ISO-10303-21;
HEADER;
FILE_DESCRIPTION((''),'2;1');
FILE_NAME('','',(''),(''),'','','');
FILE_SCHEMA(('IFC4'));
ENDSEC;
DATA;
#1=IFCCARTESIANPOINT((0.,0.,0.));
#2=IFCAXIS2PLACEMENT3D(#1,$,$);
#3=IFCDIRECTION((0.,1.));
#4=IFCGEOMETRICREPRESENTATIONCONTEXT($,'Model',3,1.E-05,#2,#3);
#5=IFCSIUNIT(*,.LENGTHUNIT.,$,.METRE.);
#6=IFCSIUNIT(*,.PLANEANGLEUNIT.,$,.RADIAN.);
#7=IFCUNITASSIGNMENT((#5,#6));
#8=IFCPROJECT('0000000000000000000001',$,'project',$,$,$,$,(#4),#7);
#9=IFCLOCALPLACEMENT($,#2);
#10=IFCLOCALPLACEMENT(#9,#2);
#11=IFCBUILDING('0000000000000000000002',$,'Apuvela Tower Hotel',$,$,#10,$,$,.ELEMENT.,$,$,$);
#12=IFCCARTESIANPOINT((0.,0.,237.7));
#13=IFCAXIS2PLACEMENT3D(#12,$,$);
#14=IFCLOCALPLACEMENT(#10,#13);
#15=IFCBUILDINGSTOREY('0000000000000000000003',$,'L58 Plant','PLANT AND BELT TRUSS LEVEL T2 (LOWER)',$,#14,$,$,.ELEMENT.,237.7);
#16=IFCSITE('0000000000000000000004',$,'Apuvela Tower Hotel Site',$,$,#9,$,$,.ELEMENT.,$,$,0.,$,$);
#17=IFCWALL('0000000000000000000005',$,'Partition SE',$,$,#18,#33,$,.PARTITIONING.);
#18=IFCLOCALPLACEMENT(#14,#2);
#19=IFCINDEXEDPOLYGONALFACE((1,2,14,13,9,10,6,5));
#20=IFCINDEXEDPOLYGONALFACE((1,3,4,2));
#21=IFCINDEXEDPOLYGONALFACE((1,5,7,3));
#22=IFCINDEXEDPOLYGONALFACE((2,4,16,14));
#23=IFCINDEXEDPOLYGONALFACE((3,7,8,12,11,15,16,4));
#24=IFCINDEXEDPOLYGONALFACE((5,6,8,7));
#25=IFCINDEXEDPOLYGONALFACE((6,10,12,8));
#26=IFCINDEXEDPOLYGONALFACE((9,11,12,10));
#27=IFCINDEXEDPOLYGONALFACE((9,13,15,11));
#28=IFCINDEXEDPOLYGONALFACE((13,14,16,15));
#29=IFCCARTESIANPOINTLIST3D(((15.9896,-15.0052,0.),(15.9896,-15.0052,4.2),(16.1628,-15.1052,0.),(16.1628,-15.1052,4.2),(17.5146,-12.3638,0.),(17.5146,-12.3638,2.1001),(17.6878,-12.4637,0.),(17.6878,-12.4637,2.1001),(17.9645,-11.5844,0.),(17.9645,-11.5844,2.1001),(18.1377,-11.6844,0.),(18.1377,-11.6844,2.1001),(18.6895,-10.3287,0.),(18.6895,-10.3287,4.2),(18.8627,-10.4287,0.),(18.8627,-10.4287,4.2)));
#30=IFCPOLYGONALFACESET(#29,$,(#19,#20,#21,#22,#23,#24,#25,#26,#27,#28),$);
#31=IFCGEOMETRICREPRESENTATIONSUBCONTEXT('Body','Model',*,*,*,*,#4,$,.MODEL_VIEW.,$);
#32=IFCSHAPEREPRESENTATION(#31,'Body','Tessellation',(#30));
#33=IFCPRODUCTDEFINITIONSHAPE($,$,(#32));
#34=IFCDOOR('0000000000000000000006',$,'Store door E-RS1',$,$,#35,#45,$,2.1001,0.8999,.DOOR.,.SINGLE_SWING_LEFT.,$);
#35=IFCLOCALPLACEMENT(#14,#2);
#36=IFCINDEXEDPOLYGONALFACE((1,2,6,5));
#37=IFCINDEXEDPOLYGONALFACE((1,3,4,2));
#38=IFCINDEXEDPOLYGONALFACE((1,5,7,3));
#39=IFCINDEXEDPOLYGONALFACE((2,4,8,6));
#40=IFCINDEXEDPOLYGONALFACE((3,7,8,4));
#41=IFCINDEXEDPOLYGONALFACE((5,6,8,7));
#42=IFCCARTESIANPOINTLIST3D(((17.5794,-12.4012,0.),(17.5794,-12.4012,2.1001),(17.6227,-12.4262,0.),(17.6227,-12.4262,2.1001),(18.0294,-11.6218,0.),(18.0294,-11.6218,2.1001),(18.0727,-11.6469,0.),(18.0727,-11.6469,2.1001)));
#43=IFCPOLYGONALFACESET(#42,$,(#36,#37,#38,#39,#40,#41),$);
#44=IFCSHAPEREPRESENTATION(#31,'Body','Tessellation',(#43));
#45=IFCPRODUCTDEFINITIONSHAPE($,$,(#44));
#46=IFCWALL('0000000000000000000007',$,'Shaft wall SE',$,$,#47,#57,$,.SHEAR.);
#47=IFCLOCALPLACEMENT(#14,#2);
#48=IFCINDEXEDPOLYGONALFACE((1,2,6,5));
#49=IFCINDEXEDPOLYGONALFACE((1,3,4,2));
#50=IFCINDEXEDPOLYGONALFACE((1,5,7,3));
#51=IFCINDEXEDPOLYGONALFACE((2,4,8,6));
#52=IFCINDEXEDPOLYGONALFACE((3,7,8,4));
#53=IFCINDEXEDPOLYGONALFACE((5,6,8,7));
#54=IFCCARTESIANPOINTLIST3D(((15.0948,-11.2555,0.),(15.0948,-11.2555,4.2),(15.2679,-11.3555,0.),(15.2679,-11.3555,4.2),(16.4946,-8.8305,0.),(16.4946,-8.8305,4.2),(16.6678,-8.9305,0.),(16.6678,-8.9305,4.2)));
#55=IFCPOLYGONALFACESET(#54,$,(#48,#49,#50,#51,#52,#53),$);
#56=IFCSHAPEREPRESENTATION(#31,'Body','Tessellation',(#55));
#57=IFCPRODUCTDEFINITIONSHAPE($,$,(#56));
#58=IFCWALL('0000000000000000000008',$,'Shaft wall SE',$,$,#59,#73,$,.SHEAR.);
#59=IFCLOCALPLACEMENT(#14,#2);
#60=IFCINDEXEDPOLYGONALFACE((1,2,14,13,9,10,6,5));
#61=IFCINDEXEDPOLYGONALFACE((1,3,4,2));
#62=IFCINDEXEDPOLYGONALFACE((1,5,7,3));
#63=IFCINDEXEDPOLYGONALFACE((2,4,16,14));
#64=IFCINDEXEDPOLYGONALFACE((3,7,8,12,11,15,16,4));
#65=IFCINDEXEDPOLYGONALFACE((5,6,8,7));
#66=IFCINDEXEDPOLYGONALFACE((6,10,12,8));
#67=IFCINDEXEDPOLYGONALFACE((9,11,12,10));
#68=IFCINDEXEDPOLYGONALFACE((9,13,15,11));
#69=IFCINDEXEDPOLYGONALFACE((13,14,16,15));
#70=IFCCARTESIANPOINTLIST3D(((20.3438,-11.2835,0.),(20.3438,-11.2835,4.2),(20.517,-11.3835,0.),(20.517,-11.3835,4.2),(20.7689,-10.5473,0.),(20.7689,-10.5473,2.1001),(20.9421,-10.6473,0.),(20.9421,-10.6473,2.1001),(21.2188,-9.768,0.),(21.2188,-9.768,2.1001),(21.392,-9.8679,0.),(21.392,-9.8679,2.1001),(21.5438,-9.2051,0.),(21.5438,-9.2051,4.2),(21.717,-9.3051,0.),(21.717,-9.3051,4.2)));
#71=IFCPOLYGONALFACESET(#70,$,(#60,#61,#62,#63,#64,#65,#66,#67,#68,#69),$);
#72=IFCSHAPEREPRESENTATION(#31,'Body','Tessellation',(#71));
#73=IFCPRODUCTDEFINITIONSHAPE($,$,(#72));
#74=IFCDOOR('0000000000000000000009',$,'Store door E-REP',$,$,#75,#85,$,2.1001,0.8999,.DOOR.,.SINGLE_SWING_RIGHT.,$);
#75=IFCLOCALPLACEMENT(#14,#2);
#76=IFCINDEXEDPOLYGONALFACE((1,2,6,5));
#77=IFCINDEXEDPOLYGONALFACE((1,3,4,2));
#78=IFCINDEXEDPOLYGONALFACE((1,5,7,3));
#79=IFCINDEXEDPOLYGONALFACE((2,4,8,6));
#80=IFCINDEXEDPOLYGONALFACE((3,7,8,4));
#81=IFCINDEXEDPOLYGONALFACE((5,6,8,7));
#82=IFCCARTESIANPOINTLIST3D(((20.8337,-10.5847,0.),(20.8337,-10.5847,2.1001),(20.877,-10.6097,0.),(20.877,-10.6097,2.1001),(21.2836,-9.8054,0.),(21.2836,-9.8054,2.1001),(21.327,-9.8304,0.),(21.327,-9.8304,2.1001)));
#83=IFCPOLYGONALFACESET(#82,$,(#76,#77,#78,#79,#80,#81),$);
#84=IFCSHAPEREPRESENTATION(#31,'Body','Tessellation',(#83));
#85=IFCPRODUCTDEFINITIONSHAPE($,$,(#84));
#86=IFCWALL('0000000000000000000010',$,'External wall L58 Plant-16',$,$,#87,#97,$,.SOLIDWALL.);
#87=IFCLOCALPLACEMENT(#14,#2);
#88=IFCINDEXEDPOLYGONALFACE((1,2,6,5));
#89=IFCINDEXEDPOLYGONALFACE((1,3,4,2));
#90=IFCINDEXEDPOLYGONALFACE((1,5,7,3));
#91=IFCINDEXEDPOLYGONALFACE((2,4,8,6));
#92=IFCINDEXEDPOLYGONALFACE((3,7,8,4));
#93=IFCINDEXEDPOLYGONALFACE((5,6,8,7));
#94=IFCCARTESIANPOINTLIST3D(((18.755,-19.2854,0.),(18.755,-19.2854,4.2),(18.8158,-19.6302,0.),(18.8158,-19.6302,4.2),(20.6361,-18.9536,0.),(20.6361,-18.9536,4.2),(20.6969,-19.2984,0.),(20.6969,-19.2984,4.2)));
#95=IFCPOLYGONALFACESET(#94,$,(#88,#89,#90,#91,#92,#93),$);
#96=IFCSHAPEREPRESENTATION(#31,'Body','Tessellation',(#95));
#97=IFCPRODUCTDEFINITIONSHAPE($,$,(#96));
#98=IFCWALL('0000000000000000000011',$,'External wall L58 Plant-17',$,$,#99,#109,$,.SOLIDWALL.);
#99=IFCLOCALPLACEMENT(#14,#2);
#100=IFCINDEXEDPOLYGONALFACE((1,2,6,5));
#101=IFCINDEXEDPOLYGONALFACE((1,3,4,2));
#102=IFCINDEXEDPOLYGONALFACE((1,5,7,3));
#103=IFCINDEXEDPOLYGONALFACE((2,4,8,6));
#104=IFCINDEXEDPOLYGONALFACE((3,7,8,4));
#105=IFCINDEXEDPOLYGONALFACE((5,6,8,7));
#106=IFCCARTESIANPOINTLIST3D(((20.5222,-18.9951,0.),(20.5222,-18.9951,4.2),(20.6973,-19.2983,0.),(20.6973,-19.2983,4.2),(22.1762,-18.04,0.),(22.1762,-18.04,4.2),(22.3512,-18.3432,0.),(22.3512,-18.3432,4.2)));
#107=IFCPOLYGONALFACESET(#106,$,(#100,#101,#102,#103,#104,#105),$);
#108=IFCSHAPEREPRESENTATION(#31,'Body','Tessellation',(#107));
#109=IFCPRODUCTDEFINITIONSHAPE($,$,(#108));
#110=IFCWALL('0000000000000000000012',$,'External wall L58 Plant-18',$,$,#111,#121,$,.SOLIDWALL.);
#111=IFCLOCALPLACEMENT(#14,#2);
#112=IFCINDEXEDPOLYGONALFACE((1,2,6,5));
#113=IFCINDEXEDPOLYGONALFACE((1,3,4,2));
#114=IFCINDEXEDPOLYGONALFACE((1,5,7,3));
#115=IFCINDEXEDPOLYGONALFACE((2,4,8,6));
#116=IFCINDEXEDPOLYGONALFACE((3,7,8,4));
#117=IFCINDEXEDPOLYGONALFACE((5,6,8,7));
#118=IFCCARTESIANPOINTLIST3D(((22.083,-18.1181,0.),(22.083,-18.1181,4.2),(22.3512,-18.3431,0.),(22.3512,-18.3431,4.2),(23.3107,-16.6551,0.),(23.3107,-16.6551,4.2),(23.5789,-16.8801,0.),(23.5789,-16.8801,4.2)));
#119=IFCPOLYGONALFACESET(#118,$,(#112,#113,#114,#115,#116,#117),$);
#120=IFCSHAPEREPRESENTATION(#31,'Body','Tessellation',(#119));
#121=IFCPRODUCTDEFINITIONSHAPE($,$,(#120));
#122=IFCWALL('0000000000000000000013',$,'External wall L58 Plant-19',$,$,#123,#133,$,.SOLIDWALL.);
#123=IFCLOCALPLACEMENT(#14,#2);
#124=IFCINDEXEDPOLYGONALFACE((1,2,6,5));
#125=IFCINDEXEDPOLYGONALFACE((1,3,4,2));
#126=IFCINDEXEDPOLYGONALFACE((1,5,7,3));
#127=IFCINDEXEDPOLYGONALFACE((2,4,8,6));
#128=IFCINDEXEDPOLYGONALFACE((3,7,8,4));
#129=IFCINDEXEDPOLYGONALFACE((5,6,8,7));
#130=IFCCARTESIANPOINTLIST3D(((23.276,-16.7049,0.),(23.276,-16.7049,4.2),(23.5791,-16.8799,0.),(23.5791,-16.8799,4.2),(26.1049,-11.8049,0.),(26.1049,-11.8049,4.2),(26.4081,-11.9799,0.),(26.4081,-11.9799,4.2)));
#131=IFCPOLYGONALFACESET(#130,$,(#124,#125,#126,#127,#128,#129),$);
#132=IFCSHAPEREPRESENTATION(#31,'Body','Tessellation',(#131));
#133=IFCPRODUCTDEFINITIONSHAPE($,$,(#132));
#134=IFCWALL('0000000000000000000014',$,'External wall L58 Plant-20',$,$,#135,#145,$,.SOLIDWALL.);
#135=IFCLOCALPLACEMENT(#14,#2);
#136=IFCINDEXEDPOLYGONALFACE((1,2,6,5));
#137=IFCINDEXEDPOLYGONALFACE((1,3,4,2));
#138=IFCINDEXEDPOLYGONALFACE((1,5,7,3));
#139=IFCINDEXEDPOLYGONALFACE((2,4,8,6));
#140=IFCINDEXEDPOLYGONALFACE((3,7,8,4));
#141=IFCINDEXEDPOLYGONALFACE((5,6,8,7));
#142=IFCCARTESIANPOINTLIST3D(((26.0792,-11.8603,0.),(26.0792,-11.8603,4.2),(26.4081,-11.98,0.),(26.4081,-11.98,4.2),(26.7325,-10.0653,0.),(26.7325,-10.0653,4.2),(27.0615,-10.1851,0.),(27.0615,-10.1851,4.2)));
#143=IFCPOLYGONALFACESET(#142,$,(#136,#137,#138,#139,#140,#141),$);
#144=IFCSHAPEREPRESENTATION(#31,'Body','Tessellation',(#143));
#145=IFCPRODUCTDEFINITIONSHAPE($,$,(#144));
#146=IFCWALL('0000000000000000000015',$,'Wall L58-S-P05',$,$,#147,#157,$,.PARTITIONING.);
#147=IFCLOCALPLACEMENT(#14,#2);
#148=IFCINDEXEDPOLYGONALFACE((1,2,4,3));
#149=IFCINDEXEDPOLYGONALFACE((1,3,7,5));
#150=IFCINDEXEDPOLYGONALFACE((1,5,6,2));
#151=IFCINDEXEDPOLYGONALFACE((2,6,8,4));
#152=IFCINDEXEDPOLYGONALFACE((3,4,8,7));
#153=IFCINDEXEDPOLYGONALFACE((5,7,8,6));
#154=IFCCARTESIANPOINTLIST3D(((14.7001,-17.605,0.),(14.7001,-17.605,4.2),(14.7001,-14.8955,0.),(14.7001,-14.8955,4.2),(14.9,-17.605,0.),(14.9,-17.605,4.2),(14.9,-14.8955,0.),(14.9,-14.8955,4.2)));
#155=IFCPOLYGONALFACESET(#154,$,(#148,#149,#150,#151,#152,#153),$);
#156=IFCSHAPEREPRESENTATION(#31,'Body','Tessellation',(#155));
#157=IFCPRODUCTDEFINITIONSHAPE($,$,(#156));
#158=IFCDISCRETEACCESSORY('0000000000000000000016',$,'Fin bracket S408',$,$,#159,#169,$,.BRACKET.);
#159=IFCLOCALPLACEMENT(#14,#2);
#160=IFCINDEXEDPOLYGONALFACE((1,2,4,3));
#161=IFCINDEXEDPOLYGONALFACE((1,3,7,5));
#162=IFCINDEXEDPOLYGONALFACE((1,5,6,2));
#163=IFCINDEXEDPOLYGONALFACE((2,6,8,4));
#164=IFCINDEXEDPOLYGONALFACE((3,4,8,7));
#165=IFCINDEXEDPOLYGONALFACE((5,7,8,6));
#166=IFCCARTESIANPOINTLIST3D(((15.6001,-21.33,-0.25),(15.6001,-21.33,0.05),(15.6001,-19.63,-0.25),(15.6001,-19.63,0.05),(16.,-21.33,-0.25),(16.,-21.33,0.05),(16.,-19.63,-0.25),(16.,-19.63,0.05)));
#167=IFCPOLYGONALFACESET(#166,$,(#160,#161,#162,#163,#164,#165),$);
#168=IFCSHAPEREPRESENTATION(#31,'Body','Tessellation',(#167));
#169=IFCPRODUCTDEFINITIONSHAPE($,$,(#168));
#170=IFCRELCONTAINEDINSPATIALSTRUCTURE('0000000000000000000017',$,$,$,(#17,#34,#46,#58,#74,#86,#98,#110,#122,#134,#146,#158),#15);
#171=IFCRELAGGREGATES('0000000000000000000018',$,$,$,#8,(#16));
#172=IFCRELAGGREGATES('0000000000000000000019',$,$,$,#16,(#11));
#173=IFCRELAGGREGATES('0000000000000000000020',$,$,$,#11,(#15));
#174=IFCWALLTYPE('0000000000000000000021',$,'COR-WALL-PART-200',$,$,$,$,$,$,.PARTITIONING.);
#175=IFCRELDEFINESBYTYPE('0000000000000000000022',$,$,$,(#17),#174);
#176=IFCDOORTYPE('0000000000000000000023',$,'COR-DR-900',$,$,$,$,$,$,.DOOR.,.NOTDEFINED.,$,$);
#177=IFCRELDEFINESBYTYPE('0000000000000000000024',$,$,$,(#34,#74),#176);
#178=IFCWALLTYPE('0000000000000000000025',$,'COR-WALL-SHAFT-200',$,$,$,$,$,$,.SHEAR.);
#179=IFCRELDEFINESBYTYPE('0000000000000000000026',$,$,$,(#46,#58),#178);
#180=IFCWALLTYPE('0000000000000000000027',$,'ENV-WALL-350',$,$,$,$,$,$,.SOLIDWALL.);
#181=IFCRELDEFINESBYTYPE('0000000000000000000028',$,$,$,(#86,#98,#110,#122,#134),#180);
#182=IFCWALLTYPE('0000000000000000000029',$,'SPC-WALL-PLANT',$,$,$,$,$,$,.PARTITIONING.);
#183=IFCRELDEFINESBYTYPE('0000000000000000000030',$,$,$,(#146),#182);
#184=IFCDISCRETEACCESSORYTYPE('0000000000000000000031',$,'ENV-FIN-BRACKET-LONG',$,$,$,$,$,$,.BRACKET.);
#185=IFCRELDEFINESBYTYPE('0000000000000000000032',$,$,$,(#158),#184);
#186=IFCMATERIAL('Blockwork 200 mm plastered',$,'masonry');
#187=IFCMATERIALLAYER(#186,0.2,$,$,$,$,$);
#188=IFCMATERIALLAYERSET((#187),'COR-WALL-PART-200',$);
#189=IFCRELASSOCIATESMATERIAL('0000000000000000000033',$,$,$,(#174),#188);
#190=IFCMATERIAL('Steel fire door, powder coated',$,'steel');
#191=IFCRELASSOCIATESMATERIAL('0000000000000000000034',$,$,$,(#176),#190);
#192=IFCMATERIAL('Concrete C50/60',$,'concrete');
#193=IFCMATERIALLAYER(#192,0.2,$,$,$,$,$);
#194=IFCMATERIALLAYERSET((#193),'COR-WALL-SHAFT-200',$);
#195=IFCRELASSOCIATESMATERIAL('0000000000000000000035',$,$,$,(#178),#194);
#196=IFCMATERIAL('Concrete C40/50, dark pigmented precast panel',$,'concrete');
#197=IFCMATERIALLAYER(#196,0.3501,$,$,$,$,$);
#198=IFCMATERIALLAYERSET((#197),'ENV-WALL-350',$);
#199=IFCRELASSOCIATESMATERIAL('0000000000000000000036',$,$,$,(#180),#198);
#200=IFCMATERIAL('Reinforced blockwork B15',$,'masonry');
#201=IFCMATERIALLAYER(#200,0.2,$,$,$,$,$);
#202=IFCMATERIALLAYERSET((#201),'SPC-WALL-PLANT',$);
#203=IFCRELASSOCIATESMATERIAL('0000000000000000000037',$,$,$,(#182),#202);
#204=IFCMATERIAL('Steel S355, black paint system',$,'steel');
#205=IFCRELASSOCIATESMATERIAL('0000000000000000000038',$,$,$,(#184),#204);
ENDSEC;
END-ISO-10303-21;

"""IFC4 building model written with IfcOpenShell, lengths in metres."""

from ifc_helpers import new_model, si_unit, direction, frame, frame_2d, origin, origin_2d, place, context, subcontext, project, spatial, rectangle, extrude, material, layer, layer_set, type_object, element, fill, save


model = new_model("IFC4")

# Units and contexts
model_context = context("Model", 3, precision=1e-05, world=origin(), true_north=direction((0.0, 1.0)))
body_context = subcontext(model_context, "Body", "Model", "MODEL_VIEW")
ifc_project = project(units=[si_unit("LENGTHUNIT", "METRE"), si_unit("PLANEANGLEUNIT", "RADIAN")], contexts=[model_context])

# Site, building, storey
site_placement = place(None, origin())
site = spatial("IfcSite", under=ifc_project, at=site_placement, Name="Apuvela Tower Hotel Site", CompositionType="ELEMENT", RefElevation=0.0)
building_placement = place(site_placement, origin())
building = spatial("IfcBuilding", under=site, at=building_placement, Name="Apuvela Tower Hotel", CompositionType="ELEMENT")
storey_placement = place(building_placement, frame((0.0, 0.0, 237.7)))
storey = spatial("IfcBuildingStorey", under=building, at=storey_placement, Name="L58 Plant", Description="PLANT AND BELT TRUSS LEVEL T2 (LOWER)", CompositionType="ELEMENT", Elevation=237.7)

# Wall, opening, door
ifc_material_1 = material(Name="Blockwork 200 mm plastered", Category="masonry")
ifc_layer_1 = layer(ifc_material_1, 0.2)
ifc_layer_set_1 = layer_set([ifc_layer_1], Name="COR-WALL-PART-200")
wall_type_1 = type_object("IfcWallType", Name="COR-WALL-PART-200", PredefinedType="PARTITIONING", material=ifc_layer_set_1)
wall_1_placement = place(storey_placement, frame((16.0762, -15.0552, 0.0), z_axis=(0.0, 0.0, 1.0), x_axis=(0.499995, 0.866028, 0.0)))
wall_1 = element("IfcWall", 1, at=wall_1_placement, inside=storey, type_object=wall_type_1, Name="Partition SE", PredefinedType="PARTITIONING", context=body_context, shape_type="SweptSolid", body=[
    extrude(rectangle(XDim=5.3999, YDim=0.2, at=frame_2d((2.7, 0.0))), origin(), (0.0, 0.0, 1.0), 4.2),
])
opening_1_placement = place(wall_1_placement, frame((3.05, 0.0, 0.0)))
opening_1 = element("IfcOpeningElement", 2, at=opening_1_placement, cuts=wall_1, PredefinedType="OPENING", context=body_context, shape_type="SweptSolid", body=[
    extrude(rectangle(XDim=0.8999, YDim=2.1001, at=frame_2d((0.45, 1.05))), frame((0.0, 0.1099, 0.0), z_axis=(0.0, -1.0, 0.0), x_axis=(1.0, 0.0, 0.0)), (0.0, 0.0, 1.0), 0.22),
])
ifc_material_2 = material(Name="Steel fire door, powder coated", Category="steel")
door_type_1 = type_object("IfcDoorType", Name="COR-DR-900", OperationType="NOTDEFINED", PredefinedType="DOOR", material=ifc_material_2)
door_1_placement = place(opening_1_placement, frame((0.8999, 0.0, 0.0), z_axis=(0.0, 0.0, 1.0), x_axis=(-1.0, 0.0, 0.0)))
door_1 = element("IfcDoor", 3, at=door_1_placement, inside=storey, type_object=door_type_1, Name="Store door E-RS1", OperationType="SINGLE_SWING_LEFT", OverallHeight=2.1001, OverallWidth=0.8999, PredefinedType="DOOR", context=body_context, shape_type="SweptSolid", body=[
    extrude(rectangle(XDim=0.8999, YDim=2.1001, at=frame_2d((0.45, 1.05))), frame((0.0, 0.0249, 0.0), z_axis=(0.0, -1.0, 0.0), x_axis=(1.0, 0.0, 0.0)), (0.0, 0.0, 1.0), 0.05),
])
fill(opening_1, door_1)

# Wall
ifc_material_3 = material(Name="Concrete C50/60", Category="concrete")
ifc_layer_2 = layer(ifc_material_3, 0.2)
ifc_layer_set_2 = layer_set([ifc_layer_2], Name="COR-WALL-SHAFT-200")
wall_type_2 = type_object("IfcWallType", Name="COR-WALL-SHAFT-200", PredefinedType="SHEAR", material=ifc_layer_set_2)
wall_2_placement = place(storey_placement, frame((15.1814, -11.3054, 0.0), z_axis=(0.0, 0.0, 1.0), x_axis=(0.499946, 0.866056, 0.0)))
element("IfcWall", 4, at=wall_2_placement, inside=storey, type_object=wall_type_2, Name="Shaft wall SE", PredefinedType="SHEAR", context=body_context, shape_type="SweptSolid", body=[
    extrude(rectangle(XDim=2.8, YDim=0.2, at=frame_2d((1.3999, 0.0))), origin(), (0.0, 0.0, 1.0), 4.2),
])

# Wall, opening, door
wall_3_placement = place(storey_placement, frame((20.4304, -11.3335, 0.0), z_axis=(0.0, 0.0, 1.0), x_axis=(0.500001, 0.866025, 0.0)))
wall_3 = element("IfcWall", 5, at=wall_3_placement, inside=storey, type_object=wall_type_2, Name="Shaft wall SE", PredefinedType="SHEAR", context=body_context, shape_type="SweptSolid", body=[
    extrude(rectangle(XDim=2.3999, YDim=0.2, at=frame_2d((1.2, 0.0))), origin(), (0.0, 0.0, 1.0), 4.2),
])
opening_2_placement = place(wall_3_placement, frame((0.8501, 0.0, 0.0)))
opening_2 = element("IfcOpeningElement", 6, at=opening_2_placement, cuts=wall_3, PredefinedType="OPENING", context=body_context, shape_type="SweptSolid", body=[
    extrude(rectangle(XDim=0.8999, YDim=2.1001, at=frame_2d((0.45, 1.05))), frame((0.0, 0.1099, 0.0), z_axis=(0.0, -1.0, 0.0), x_axis=(1.0, 0.0, 0.0)), (0.0, 0.0, 1.0), 0.22),
])
door_2_placement = place(opening_2_placement, frame((0.8999, 0.0, 0.0), z_axis=(0.0, 0.0, 1.0), x_axis=(-1.0, 0.0, 0.0)))
door_2 = element("IfcDoor", 7, at=door_2_placement, inside=storey, type_object=door_type_1, Name="Store door E-REP", OperationType="SINGLE_SWING_RIGHT", OverallHeight=2.1001, OverallWidth=0.8999, PredefinedType="DOOR", context=body_context, shape_type="SweptSolid", body=[
    extrude(rectangle(XDim=0.8999, YDim=2.1001, at=frame_2d((0.45, 1.05))), frame((0.0, 0.0249, 0.0), z_axis=(0.0, -1.0, 0.0), x_axis=(1.0, 0.0, 0.0)), (0.0, 0.0, 1.0), 0.05),
])
fill(opening_2, door_2)

# Walls
ifc_material_4 = material(Name="Concrete C40/50, dark pigmented precast panel", Category="concrete")
ifc_layer_3 = layer(ifc_material_4, 0.3501)
ifc_layer_set_3 = layer_set([ifc_layer_3], Name="ENV-WALL-350")
wall_type_3 = type_object("IfcWallType", Name="ENV-WALL-350", PredefinedType="SOLIDWALL", material=ifc_layer_set_3)
wall_4_placement = place(storey_placement, frame((18.7854, -19.4578, 0.0), z_axis=(0.0, 0.0, 1.0), x_axis=(0.984799, 0.173698, 0.0)))
element("IfcWall", 8, at=wall_4_placement, inside=storey, type_object=wall_type_3, Name="External wall L58 Plant-16", PredefinedType="SOLIDWALL", context=body_context, shape_type="SweptSolid", body=[
    extrude(rectangle(XDim=1.9102, YDim=0.3501, at=frame_2d((0.9551, 0.0))), origin(), (0.0, 0.0, 1.0), 4.2),
])
for number, where, z_axis, x_axis, name in (
    (9, (20.6096, -19.1467, 0.0), (0.0, 0.0, 1.0), (0.866, 0.500043, 0.0), "External wall L58 Plant-17"),
    (10, (22.217, -18.2307, 0.0), (0.0, 0.0, 1.0), (0.642808, 0.766027, 0.0), "External wall L58 Plant-18"),
):
    element("IfcWall", number, at=place(storey_placement, frame(where, z_axis=z_axis, x_axis=x_axis)), inside=storey, type_object=wall_type_3, Name=name, PredefinedType="SOLIDWALL", context=body_context, shape_type="SweptSolid", body=[
        extrude(rectangle(XDim=1.9099, YDim=0.3501, at=frame_2d((0.9551, 0.0))), origin(), (0.0, 0.0, 1.0), 4.2),
    ])
wall_5_placement = place(storey_placement, frame((23.4275, -16.7925, 0.0), z_axis=(0.0, 0.0, 1.0), x_axis=(0.499986, 0.866033, 0.0)))
element("IfcWall", 11, at=wall_5_placement, inside=storey, type_object=wall_type_3, Name="External wall L58 Plant-19", PredefinedType="SOLIDWALL", context=body_context, shape_type="SweptSolid", body=[
    extrude(rectangle(XDim=5.658, YDim=0.3501, at=frame_2d((2.8291, 0.0))), origin(), (0.0, 0.0, 1.0), 4.2),
])
wall_6_placement = place(storey_placement, frame((26.2437, -11.9202, 0.0), z_axis=(0.0, 0.0, 1.0), x_axis=(0.34203, 0.939689, 0.0)))
element("IfcWall", 12, at=wall_6_placement, inside=storey, type_object=wall_type_3, Name="External wall L58 Plant-20", PredefinedType="SOLIDWALL", context=body_context, shape_type="SweptSolid", body=[
    extrude(rectangle(XDim=1.9102, YDim=0.3501, at=frame_2d((0.9551, 0.0))), origin(), (0.0, 0.0, 1.0), 4.2),
])
ifc_material_5 = material(Name="Reinforced blockwork B15", Category="masonry")
ifc_layer_4 = layer(ifc_material_5, 0.2)
ifc_layer_set_4 = layer_set([ifc_layer_4], Name="SPC-WALL-PLANT")
wall_type_4 = type_object("IfcWallType", Name="SPC-WALL-PLANT", PredefinedType="PARTITIONING", material=ifc_layer_set_4)
wall_7_placement = place(storey_placement, frame((14.8, -17.605, 0.0), z_axis=(0.0, 0.0, 1.0), x_axis=(0.0, 1.0, 0.0)))
element("IfcWall", 13, at=wall_7_placement, inside=storey, type_object=wall_type_4, Name="Wall L58-S-P05", PredefinedType="PARTITIONING", context=body_context, shape_type="SweptSolid", body=[
    extrude(rectangle(XDim=2.7095, YDim=0.2, at=frame_2d((1.3547, 0.0))), origin(), (0.0, 0.0, 1.0), 4.2),
])

# Discrete accessory
ifc_material_6 = material(Name="Steel S355, black paint system", Category="steel")
discrete_accessory_type_1 = type_object("IfcDiscreteAccessoryType", Name="ENV-FIN-BRACKET-LONG", PredefinedType="BRACKET", material=ifc_material_6)
discrete_accessory_1_placement = place(storey_placement, frame((15.8, -20.48, -0.25), z_axis=(0.0, 0.0, 1.0), x_axis=(1.0, 0.0, 0.0)))
element("IfcDiscreteAccessory", 14, at=discrete_accessory_1_placement, inside=storey, type_object=discrete_accessory_type_1, Name="Fin bracket S408", PredefinedType="BRACKET", context=body_context, shape_type="SweptSolid", body=[
    extrude(rectangle(XDim=0.3999, YDim=1.7, at=origin_2d()), origin(), (0.0, 0.0, 1.0), 0.3),
])

save(model, "model.ifc")
